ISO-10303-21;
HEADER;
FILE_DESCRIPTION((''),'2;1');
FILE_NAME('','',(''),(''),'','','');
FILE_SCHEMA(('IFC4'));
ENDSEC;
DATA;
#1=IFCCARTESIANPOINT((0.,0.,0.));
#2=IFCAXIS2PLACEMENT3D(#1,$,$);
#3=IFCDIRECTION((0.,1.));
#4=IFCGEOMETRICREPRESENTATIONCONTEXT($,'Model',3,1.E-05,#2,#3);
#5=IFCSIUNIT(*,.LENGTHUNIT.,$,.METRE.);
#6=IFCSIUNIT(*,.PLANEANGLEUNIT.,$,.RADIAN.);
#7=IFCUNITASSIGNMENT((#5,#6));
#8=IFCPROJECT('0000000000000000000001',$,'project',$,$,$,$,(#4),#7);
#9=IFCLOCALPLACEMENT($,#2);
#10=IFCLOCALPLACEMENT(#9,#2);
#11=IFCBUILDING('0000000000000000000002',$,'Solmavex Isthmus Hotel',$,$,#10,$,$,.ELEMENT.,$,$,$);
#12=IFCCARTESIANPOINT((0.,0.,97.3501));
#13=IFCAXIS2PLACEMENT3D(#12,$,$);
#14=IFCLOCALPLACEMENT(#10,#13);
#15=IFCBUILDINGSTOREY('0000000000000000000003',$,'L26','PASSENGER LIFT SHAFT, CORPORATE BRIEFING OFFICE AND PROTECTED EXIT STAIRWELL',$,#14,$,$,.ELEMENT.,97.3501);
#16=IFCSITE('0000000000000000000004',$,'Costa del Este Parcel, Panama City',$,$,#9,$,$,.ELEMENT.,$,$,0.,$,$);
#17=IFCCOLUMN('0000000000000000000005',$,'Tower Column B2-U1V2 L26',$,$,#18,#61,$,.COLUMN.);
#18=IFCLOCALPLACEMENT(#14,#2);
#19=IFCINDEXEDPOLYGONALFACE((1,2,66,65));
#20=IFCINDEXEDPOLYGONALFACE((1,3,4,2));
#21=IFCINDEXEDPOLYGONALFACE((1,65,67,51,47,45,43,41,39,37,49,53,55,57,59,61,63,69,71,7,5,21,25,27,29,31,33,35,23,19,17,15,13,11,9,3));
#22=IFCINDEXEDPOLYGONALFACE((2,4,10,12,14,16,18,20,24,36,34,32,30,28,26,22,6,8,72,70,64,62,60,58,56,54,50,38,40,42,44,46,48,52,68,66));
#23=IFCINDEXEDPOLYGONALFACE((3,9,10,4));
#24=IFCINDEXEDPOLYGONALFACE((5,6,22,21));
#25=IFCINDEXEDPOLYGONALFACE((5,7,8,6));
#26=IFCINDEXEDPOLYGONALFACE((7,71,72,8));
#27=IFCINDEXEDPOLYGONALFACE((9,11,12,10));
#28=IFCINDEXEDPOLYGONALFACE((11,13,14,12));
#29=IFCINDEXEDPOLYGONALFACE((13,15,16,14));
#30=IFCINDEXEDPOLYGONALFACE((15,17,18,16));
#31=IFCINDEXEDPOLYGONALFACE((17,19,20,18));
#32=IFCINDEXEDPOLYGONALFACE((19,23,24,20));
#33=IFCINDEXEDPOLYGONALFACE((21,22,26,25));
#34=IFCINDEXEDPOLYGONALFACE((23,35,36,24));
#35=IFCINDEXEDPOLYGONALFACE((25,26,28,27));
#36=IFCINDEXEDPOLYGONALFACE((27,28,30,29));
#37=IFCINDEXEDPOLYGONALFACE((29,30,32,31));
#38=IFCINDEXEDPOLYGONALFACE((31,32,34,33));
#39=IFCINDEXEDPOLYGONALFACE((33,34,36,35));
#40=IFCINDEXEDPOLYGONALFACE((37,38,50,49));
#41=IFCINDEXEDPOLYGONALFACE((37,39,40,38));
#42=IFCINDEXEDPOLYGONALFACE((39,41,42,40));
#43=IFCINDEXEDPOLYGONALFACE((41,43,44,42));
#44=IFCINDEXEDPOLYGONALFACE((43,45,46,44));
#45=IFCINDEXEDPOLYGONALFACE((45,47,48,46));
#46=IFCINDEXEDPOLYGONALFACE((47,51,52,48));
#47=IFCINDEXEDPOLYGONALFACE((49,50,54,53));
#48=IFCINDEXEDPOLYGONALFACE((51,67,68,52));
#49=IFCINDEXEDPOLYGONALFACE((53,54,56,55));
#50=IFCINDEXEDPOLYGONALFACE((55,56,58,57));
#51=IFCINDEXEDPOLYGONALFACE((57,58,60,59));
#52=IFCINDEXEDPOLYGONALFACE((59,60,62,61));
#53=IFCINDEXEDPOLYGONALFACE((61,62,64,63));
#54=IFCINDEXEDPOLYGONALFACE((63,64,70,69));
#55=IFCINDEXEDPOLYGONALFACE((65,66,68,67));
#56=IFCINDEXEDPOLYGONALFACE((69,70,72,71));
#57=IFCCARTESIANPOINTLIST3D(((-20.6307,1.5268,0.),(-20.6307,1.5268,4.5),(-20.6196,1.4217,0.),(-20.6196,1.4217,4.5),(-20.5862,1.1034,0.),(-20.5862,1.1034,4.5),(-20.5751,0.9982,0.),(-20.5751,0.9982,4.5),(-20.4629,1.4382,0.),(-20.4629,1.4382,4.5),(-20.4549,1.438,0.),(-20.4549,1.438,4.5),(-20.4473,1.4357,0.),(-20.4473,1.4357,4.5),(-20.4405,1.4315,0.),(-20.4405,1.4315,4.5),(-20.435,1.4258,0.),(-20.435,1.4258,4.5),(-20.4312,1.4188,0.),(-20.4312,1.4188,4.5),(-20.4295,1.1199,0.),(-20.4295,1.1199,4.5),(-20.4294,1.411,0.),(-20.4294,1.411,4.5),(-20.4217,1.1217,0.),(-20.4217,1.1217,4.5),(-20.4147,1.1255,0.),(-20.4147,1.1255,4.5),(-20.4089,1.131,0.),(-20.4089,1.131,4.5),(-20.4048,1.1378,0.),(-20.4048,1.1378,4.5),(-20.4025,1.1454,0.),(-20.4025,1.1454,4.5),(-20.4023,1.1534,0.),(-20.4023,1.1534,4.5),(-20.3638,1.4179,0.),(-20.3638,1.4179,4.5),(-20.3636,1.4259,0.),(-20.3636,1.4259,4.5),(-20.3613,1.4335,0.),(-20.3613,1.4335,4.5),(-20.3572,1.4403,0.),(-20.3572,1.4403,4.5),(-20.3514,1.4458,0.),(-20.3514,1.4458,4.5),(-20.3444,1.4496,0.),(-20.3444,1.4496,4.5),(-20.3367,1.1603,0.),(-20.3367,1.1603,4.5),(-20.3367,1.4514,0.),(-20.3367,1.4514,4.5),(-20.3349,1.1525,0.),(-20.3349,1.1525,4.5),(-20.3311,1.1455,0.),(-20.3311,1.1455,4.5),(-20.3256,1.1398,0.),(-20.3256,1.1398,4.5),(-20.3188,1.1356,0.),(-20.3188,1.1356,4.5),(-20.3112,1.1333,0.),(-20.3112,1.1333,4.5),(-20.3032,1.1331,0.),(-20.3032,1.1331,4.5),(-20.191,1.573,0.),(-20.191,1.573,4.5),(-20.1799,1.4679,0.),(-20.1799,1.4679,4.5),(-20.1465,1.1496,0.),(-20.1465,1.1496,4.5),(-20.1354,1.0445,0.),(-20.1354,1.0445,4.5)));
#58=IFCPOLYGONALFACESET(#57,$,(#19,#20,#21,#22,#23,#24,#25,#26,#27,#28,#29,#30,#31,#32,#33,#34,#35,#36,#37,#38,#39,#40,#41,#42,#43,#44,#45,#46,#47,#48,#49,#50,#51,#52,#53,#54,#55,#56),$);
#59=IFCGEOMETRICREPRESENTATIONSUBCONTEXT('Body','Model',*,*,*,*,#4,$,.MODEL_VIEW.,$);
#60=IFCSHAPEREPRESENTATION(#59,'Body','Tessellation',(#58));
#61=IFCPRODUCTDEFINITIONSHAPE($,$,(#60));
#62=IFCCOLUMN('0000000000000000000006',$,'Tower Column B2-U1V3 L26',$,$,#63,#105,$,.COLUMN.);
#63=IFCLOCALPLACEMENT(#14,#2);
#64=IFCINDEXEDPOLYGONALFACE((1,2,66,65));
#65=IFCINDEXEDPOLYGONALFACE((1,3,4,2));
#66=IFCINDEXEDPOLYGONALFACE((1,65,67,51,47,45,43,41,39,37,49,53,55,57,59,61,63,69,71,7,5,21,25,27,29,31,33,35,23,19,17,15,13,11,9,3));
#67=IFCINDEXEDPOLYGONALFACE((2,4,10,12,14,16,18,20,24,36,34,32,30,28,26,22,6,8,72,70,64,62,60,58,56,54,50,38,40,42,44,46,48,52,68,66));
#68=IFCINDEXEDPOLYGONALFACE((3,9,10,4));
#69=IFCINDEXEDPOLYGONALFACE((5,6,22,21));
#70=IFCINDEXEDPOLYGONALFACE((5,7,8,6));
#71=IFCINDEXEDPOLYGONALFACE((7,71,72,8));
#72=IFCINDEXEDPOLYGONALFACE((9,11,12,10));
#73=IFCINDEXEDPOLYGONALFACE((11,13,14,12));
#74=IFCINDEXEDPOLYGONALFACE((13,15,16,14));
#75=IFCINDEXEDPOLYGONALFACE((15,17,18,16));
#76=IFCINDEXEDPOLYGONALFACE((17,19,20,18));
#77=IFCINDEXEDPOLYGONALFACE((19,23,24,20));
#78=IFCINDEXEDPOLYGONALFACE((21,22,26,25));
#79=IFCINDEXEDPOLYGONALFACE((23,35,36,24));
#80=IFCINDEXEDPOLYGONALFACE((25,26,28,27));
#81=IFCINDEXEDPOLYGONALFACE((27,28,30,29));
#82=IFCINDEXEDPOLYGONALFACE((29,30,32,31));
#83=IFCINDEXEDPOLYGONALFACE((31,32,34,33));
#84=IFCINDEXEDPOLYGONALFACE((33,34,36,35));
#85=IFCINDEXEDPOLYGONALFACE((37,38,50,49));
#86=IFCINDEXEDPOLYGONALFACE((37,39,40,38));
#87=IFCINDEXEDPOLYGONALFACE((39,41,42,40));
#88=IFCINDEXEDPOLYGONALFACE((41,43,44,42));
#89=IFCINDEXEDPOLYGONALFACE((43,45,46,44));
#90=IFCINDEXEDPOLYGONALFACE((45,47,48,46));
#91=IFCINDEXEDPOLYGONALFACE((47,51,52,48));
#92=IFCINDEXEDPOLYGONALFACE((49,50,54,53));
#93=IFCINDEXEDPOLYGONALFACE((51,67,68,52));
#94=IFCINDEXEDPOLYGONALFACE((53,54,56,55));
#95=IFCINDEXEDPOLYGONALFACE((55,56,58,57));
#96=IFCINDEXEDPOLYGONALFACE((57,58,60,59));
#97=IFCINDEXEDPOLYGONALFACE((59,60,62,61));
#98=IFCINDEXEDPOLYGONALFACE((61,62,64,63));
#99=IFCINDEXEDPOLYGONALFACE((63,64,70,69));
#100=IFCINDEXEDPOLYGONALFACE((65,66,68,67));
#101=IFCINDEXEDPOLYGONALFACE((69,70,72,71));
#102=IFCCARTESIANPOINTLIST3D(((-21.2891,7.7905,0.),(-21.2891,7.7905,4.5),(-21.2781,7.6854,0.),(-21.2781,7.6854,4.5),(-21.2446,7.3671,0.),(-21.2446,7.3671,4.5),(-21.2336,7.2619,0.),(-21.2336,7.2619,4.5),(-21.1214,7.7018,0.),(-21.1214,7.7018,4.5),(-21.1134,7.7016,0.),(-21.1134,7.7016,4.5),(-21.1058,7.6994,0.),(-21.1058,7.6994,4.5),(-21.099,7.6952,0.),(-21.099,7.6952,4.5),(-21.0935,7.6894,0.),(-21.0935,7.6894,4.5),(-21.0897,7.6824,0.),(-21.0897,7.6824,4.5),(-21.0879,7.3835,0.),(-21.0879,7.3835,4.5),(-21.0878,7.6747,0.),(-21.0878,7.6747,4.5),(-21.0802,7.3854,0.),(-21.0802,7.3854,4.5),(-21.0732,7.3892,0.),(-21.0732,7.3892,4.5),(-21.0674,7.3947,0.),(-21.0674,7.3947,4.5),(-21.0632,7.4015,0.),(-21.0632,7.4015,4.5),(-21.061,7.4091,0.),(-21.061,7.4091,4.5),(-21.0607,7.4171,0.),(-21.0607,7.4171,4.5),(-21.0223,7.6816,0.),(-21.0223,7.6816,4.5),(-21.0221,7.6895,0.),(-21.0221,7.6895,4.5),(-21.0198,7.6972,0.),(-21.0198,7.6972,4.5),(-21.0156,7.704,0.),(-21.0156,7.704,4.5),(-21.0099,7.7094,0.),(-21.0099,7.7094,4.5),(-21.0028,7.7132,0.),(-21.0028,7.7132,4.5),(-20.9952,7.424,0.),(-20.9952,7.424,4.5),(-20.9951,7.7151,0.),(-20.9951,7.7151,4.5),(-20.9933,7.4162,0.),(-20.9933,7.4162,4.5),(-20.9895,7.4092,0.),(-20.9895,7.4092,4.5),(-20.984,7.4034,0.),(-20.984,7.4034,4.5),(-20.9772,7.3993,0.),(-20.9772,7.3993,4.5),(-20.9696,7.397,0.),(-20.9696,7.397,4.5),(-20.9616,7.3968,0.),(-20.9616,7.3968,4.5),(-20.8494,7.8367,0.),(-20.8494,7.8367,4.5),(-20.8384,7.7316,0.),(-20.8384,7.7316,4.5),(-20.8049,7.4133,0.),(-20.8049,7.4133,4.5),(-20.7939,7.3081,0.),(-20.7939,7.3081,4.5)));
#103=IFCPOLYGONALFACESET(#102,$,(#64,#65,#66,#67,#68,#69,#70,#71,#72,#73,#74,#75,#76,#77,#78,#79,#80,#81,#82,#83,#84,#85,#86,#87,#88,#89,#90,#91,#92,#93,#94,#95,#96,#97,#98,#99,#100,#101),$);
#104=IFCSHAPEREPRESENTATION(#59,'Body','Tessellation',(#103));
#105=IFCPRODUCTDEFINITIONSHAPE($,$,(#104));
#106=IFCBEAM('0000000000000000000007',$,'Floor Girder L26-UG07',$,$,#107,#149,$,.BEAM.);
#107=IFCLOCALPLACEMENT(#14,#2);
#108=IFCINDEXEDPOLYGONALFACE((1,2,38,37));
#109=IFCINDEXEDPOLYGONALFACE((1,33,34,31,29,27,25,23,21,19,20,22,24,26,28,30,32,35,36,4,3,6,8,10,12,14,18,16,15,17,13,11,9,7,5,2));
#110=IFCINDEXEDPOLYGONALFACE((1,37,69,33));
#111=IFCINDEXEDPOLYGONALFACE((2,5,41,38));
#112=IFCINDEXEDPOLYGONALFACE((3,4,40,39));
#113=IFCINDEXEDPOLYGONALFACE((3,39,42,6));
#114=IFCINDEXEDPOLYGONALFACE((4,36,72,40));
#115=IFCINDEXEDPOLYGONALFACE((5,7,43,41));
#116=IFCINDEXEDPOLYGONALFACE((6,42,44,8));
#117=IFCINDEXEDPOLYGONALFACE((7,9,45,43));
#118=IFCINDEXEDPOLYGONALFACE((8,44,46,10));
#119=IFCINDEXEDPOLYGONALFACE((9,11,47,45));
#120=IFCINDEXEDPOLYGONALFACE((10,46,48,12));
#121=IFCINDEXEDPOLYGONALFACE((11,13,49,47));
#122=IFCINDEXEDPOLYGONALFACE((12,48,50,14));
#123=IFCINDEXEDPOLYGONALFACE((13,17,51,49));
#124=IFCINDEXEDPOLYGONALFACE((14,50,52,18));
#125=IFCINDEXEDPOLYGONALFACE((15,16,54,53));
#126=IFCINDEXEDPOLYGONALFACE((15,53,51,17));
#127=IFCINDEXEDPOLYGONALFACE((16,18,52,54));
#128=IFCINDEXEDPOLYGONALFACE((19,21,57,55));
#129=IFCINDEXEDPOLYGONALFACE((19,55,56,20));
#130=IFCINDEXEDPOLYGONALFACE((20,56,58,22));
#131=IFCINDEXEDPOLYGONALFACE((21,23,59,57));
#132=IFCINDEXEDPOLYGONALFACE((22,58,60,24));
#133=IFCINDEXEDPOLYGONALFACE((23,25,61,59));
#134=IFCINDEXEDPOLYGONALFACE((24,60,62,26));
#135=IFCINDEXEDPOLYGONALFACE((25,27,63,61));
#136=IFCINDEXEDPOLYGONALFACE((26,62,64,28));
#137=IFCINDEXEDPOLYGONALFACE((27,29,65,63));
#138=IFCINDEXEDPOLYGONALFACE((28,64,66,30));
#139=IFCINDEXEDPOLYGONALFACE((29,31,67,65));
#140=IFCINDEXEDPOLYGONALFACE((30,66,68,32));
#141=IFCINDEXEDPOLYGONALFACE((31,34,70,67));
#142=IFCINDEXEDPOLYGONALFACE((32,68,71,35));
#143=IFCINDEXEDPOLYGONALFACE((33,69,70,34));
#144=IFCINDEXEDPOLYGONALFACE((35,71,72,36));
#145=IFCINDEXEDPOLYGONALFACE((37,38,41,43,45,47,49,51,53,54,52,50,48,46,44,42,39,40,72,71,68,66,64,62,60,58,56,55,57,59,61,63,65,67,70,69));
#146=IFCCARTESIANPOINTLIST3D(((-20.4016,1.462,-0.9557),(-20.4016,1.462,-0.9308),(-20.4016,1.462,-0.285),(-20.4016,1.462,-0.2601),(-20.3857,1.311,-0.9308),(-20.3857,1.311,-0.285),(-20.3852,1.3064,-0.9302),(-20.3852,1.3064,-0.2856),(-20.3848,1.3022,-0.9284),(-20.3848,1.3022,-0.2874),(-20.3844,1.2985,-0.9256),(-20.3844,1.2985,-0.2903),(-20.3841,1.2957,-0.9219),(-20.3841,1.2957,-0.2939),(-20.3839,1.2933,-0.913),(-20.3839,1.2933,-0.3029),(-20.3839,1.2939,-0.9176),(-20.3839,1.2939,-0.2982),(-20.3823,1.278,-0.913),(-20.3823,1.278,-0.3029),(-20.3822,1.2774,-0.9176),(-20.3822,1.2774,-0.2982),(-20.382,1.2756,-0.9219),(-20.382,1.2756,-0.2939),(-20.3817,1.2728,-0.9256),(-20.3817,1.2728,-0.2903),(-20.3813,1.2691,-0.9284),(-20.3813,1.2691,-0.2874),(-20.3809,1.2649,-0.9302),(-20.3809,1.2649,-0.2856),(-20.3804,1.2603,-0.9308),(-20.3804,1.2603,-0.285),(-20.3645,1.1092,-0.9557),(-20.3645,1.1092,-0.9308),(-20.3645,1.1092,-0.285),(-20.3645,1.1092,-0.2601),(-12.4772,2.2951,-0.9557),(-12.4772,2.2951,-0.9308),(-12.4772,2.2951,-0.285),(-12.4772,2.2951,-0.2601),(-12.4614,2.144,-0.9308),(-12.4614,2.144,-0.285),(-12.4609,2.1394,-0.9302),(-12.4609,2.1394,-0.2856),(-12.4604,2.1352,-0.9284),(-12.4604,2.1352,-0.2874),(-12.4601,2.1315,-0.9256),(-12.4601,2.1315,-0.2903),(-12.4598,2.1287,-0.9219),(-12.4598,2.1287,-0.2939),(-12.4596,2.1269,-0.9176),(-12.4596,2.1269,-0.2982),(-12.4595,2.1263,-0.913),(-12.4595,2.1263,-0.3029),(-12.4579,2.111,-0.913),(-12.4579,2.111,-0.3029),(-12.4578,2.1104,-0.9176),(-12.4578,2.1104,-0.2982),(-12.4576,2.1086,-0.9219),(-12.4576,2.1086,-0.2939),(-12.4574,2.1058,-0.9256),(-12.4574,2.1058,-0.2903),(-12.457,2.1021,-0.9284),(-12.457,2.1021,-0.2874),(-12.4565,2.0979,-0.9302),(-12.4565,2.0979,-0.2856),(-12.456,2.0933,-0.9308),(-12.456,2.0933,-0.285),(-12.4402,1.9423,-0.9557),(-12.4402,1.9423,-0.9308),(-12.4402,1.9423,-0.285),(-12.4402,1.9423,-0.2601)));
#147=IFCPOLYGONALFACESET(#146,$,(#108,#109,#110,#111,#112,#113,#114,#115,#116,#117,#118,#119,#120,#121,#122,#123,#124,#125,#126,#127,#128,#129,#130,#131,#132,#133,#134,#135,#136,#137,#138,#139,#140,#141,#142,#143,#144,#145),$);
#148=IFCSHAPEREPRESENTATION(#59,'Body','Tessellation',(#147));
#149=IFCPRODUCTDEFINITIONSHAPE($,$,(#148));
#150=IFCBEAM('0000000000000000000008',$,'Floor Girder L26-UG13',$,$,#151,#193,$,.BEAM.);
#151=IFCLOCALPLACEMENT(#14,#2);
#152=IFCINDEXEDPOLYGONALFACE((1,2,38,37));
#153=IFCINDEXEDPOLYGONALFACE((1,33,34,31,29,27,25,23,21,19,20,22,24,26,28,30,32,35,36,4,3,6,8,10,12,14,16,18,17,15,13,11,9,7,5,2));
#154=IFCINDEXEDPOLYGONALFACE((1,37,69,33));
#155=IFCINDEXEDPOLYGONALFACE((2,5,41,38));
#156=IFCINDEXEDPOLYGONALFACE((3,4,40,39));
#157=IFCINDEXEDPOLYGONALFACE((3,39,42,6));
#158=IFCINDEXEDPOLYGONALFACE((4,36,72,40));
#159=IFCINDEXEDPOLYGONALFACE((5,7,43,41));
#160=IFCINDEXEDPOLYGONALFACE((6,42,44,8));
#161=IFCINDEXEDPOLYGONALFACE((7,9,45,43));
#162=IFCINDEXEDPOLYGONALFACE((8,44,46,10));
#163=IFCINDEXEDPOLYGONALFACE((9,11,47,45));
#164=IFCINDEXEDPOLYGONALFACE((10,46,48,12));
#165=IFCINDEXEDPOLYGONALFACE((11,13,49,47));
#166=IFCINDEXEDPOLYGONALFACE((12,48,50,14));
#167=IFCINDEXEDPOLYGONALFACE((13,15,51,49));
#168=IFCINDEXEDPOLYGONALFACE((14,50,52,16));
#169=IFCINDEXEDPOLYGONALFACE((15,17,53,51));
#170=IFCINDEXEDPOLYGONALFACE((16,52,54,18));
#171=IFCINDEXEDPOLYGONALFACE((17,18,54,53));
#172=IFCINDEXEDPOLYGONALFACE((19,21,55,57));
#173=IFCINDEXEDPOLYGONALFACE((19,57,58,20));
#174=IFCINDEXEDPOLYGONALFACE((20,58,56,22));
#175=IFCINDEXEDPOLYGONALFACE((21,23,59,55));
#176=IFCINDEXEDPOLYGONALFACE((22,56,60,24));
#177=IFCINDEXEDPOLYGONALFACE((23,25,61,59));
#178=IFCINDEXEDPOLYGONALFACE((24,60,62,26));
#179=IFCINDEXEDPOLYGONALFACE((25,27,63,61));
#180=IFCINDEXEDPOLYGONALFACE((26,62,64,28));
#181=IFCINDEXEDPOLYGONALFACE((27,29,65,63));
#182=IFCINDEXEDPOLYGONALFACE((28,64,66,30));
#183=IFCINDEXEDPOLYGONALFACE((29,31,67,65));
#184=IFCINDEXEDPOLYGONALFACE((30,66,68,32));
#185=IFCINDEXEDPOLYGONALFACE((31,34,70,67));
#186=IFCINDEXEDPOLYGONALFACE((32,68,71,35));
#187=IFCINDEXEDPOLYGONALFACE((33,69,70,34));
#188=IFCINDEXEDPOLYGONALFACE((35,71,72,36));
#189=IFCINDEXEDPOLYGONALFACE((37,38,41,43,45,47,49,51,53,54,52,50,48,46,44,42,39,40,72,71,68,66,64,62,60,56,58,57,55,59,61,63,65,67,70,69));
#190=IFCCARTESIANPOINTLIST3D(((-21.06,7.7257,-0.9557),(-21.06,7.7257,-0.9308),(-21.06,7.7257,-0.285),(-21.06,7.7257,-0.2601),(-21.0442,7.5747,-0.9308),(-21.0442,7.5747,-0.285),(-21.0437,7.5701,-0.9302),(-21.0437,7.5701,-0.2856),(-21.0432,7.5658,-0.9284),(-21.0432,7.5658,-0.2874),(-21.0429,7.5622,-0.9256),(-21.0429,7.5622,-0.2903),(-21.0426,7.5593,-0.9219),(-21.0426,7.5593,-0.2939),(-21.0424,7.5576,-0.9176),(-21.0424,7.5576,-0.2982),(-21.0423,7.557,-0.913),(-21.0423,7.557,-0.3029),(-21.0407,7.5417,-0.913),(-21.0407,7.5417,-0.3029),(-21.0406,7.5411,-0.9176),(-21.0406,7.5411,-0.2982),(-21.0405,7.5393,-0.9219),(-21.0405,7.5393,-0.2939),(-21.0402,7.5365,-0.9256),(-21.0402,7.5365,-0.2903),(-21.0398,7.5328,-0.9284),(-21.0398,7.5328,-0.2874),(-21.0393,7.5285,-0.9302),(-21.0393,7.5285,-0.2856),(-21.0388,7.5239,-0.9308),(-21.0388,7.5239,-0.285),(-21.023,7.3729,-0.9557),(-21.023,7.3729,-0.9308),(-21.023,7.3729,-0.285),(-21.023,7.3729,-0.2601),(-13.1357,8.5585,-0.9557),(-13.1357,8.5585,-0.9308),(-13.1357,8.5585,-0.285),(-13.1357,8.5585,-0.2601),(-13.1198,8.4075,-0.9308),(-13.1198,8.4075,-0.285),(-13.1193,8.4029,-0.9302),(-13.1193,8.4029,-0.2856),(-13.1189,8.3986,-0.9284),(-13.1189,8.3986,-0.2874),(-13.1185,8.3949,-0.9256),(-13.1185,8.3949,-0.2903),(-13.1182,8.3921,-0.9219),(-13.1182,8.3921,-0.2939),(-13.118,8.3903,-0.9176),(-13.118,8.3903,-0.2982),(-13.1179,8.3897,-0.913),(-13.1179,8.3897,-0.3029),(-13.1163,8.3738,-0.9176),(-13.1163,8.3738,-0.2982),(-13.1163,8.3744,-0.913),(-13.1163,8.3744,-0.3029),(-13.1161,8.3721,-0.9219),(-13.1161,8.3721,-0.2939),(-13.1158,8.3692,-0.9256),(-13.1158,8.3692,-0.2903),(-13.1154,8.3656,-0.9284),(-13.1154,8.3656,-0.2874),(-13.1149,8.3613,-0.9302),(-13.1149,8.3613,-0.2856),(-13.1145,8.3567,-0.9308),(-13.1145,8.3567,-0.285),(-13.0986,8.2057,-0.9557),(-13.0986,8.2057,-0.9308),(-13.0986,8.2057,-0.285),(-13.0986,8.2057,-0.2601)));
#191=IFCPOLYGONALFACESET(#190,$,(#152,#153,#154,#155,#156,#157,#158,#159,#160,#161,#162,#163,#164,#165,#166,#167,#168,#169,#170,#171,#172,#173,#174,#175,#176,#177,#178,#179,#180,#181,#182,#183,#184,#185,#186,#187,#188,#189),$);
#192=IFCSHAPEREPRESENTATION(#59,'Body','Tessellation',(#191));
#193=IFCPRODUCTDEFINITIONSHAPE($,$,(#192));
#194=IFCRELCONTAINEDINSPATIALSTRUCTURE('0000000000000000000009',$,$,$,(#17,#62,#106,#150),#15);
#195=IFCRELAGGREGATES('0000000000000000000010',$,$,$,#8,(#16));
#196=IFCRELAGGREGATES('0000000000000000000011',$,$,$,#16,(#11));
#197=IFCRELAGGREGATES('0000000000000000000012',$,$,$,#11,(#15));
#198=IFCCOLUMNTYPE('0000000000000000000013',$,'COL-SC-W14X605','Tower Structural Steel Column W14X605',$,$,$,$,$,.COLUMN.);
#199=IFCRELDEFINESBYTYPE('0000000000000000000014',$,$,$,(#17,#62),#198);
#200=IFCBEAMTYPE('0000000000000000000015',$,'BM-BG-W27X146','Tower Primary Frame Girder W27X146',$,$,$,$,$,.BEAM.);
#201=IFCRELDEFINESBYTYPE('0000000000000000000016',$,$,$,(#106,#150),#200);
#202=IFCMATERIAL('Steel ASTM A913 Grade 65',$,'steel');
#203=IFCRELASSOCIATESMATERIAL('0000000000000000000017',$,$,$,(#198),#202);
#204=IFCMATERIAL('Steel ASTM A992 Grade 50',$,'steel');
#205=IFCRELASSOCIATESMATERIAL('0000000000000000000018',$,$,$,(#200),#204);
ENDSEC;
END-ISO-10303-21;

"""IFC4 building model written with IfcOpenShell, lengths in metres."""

from ifc_helpers import new_model, si_unit, direction, frame, origin, origin_2d, place, context, subcontext, project, spatial, i_section, extrude, material, material_profile, profile_set, type_object, element, save


model = new_model("IFC4")

# Units and contexts
model_context = context("Model", 3, precision=1e-05, world=origin(), true_north=direction((0.0, 1.0)))
body_context = subcontext(model_context, "Body", "Model", "MODEL_VIEW")
ifc_project = project(units=[si_unit("LENGTHUNIT", "METRE"), si_unit("PLANEANGLEUNIT", "RADIAN")], contexts=[model_context])

# Site, building, storey
site_placement = place(None, origin())
site = spatial("IfcSite", under=ifc_project, at=site_placement, Name="Costa del Este Parcel, Panama City", CompositionType="ELEMENT", RefElevation=0.0)
building_placement = place(site_placement, origin())
building = spatial("IfcBuilding", under=site, at=building_placement, Name="Solmavex Isthmus Hotel", CompositionType="ELEMENT")
storey_placement = place(building_placement, frame((0.0, 0.0, 97.3501)))
storey = spatial("IfcBuildingStorey", under=building, at=storey_placement, Name="L26", Description="PASSENGER LIFT SHAFT, CORPORATE BRIEFING OFFICE AND PROTECTED EXIT STAIRWELL", CompositionType="ELEMENT", Elevation=97.3501)

# Columns
ifc_material_1 = material(Name="Steel ASTM A913 Grade 65", Category="steel")
ifc_material_profile_1 = material_profile(ifc_material_1, i_section(OverallWidth=0.4421, OverallDepth=0.5315, WebThickness=0.0659, FlangeThickness=0.1057, FilletRadius=0.0305, at=origin_2d()), Name="W14X605")
ifc_profile_set_1 = profile_set([ifc_material_profile_1], Name="Steel ASTM A913 Grade 65")
column_type = type_object("IfcColumnType", Name="COL-SC-W14X605", Description="Tower Structural Steel Column W14X605", PredefinedType="COLUMN", material=ifc_profile_set_1)
for number, where, z_axis, x_axis, name in (
    (1, (-20.3831, 1.2856, 0.0), (0.0, 0.0, 1.0), (0.994522, 0.104528, 0.0), "Tower Column B2-U1V2 L26"),
    (2, (-21.0415, 7.5493, 0.0), (0.0, 0.0, 1.0), (0.994522, 0.104528, 0.0), "Tower Column B2-U1V3 L26"),
):
    element("IfcColumn", number, at=place(storey_placement, frame(where, z_axis=z_axis, x_axis=x_axis)), inside=storey, type_object=column_type, Name=name, PredefinedType="COLUMN", context=body_context, shape_type="SweptSolid", body=[
        extrude(i_section(OverallWidth=0.4421, OverallDepth=0.5315, WebThickness=0.0659, FlangeThickness=0.1057, FilletRadius=0.0305, at=origin_2d()), origin(), (0.0, 0.0, 1.0), 4.5),
    ])

# Beams
ifc_material_2 = material(Name="Steel ASTM A992 Grade 50", Category="steel")
ifc_material_profile_2 = material_profile(ifc_material_2, i_section(OverallWidth=0.3547, OverallDepth=0.6956, WebThickness=0.0154, FlangeThickness=0.0249, FilletRadius=0.0178, at=origin_2d()), Name="W27X146")
ifc_profile_set_2 = profile_set([ifc_material_profile_2], Name="Steel ASTM A992 Grade 50")
beam_type_1 = type_object("IfcBeamType", Name="BM-BG-W27X146", Description="Tower Primary Frame Girder W27X146", PredefinedType="BEAM", material=ifc_profile_set_2)
for number, where, z_axis, x_axis, name in (
    (3, (-20.3831, 1.2856, -0.6079), (0.99452, 0.104544, 0.0), (-0.104544, 0.99452, 0.0), "Floor Girder L26-UG07"),
    (4, (-21.0415, 7.5493, -0.6079), (0.994523, 0.104514, 0.0), (-0.104514, 0.994523, 0.0), "Floor Girder L26-UG13"),
):
    element("IfcBeam", number, at=place(storey_placement, frame(where, z_axis=z_axis, x_axis=x_axis)), inside=storey, type_object=beam_type_1, Name=name, PredefinedType="BEAM", context=body_context, shape_type="SweptSolid", body=[
        extrude(i_section(OverallWidth=0.3547, OverallDepth=0.6956, WebThickness=0.0154, FlangeThickness=0.0249, FilletRadius=0.0178, at=origin_2d()), origin(), (0.0, 0.0, 1.0), 7.968),
    ])

save(model, "model.ifc")
